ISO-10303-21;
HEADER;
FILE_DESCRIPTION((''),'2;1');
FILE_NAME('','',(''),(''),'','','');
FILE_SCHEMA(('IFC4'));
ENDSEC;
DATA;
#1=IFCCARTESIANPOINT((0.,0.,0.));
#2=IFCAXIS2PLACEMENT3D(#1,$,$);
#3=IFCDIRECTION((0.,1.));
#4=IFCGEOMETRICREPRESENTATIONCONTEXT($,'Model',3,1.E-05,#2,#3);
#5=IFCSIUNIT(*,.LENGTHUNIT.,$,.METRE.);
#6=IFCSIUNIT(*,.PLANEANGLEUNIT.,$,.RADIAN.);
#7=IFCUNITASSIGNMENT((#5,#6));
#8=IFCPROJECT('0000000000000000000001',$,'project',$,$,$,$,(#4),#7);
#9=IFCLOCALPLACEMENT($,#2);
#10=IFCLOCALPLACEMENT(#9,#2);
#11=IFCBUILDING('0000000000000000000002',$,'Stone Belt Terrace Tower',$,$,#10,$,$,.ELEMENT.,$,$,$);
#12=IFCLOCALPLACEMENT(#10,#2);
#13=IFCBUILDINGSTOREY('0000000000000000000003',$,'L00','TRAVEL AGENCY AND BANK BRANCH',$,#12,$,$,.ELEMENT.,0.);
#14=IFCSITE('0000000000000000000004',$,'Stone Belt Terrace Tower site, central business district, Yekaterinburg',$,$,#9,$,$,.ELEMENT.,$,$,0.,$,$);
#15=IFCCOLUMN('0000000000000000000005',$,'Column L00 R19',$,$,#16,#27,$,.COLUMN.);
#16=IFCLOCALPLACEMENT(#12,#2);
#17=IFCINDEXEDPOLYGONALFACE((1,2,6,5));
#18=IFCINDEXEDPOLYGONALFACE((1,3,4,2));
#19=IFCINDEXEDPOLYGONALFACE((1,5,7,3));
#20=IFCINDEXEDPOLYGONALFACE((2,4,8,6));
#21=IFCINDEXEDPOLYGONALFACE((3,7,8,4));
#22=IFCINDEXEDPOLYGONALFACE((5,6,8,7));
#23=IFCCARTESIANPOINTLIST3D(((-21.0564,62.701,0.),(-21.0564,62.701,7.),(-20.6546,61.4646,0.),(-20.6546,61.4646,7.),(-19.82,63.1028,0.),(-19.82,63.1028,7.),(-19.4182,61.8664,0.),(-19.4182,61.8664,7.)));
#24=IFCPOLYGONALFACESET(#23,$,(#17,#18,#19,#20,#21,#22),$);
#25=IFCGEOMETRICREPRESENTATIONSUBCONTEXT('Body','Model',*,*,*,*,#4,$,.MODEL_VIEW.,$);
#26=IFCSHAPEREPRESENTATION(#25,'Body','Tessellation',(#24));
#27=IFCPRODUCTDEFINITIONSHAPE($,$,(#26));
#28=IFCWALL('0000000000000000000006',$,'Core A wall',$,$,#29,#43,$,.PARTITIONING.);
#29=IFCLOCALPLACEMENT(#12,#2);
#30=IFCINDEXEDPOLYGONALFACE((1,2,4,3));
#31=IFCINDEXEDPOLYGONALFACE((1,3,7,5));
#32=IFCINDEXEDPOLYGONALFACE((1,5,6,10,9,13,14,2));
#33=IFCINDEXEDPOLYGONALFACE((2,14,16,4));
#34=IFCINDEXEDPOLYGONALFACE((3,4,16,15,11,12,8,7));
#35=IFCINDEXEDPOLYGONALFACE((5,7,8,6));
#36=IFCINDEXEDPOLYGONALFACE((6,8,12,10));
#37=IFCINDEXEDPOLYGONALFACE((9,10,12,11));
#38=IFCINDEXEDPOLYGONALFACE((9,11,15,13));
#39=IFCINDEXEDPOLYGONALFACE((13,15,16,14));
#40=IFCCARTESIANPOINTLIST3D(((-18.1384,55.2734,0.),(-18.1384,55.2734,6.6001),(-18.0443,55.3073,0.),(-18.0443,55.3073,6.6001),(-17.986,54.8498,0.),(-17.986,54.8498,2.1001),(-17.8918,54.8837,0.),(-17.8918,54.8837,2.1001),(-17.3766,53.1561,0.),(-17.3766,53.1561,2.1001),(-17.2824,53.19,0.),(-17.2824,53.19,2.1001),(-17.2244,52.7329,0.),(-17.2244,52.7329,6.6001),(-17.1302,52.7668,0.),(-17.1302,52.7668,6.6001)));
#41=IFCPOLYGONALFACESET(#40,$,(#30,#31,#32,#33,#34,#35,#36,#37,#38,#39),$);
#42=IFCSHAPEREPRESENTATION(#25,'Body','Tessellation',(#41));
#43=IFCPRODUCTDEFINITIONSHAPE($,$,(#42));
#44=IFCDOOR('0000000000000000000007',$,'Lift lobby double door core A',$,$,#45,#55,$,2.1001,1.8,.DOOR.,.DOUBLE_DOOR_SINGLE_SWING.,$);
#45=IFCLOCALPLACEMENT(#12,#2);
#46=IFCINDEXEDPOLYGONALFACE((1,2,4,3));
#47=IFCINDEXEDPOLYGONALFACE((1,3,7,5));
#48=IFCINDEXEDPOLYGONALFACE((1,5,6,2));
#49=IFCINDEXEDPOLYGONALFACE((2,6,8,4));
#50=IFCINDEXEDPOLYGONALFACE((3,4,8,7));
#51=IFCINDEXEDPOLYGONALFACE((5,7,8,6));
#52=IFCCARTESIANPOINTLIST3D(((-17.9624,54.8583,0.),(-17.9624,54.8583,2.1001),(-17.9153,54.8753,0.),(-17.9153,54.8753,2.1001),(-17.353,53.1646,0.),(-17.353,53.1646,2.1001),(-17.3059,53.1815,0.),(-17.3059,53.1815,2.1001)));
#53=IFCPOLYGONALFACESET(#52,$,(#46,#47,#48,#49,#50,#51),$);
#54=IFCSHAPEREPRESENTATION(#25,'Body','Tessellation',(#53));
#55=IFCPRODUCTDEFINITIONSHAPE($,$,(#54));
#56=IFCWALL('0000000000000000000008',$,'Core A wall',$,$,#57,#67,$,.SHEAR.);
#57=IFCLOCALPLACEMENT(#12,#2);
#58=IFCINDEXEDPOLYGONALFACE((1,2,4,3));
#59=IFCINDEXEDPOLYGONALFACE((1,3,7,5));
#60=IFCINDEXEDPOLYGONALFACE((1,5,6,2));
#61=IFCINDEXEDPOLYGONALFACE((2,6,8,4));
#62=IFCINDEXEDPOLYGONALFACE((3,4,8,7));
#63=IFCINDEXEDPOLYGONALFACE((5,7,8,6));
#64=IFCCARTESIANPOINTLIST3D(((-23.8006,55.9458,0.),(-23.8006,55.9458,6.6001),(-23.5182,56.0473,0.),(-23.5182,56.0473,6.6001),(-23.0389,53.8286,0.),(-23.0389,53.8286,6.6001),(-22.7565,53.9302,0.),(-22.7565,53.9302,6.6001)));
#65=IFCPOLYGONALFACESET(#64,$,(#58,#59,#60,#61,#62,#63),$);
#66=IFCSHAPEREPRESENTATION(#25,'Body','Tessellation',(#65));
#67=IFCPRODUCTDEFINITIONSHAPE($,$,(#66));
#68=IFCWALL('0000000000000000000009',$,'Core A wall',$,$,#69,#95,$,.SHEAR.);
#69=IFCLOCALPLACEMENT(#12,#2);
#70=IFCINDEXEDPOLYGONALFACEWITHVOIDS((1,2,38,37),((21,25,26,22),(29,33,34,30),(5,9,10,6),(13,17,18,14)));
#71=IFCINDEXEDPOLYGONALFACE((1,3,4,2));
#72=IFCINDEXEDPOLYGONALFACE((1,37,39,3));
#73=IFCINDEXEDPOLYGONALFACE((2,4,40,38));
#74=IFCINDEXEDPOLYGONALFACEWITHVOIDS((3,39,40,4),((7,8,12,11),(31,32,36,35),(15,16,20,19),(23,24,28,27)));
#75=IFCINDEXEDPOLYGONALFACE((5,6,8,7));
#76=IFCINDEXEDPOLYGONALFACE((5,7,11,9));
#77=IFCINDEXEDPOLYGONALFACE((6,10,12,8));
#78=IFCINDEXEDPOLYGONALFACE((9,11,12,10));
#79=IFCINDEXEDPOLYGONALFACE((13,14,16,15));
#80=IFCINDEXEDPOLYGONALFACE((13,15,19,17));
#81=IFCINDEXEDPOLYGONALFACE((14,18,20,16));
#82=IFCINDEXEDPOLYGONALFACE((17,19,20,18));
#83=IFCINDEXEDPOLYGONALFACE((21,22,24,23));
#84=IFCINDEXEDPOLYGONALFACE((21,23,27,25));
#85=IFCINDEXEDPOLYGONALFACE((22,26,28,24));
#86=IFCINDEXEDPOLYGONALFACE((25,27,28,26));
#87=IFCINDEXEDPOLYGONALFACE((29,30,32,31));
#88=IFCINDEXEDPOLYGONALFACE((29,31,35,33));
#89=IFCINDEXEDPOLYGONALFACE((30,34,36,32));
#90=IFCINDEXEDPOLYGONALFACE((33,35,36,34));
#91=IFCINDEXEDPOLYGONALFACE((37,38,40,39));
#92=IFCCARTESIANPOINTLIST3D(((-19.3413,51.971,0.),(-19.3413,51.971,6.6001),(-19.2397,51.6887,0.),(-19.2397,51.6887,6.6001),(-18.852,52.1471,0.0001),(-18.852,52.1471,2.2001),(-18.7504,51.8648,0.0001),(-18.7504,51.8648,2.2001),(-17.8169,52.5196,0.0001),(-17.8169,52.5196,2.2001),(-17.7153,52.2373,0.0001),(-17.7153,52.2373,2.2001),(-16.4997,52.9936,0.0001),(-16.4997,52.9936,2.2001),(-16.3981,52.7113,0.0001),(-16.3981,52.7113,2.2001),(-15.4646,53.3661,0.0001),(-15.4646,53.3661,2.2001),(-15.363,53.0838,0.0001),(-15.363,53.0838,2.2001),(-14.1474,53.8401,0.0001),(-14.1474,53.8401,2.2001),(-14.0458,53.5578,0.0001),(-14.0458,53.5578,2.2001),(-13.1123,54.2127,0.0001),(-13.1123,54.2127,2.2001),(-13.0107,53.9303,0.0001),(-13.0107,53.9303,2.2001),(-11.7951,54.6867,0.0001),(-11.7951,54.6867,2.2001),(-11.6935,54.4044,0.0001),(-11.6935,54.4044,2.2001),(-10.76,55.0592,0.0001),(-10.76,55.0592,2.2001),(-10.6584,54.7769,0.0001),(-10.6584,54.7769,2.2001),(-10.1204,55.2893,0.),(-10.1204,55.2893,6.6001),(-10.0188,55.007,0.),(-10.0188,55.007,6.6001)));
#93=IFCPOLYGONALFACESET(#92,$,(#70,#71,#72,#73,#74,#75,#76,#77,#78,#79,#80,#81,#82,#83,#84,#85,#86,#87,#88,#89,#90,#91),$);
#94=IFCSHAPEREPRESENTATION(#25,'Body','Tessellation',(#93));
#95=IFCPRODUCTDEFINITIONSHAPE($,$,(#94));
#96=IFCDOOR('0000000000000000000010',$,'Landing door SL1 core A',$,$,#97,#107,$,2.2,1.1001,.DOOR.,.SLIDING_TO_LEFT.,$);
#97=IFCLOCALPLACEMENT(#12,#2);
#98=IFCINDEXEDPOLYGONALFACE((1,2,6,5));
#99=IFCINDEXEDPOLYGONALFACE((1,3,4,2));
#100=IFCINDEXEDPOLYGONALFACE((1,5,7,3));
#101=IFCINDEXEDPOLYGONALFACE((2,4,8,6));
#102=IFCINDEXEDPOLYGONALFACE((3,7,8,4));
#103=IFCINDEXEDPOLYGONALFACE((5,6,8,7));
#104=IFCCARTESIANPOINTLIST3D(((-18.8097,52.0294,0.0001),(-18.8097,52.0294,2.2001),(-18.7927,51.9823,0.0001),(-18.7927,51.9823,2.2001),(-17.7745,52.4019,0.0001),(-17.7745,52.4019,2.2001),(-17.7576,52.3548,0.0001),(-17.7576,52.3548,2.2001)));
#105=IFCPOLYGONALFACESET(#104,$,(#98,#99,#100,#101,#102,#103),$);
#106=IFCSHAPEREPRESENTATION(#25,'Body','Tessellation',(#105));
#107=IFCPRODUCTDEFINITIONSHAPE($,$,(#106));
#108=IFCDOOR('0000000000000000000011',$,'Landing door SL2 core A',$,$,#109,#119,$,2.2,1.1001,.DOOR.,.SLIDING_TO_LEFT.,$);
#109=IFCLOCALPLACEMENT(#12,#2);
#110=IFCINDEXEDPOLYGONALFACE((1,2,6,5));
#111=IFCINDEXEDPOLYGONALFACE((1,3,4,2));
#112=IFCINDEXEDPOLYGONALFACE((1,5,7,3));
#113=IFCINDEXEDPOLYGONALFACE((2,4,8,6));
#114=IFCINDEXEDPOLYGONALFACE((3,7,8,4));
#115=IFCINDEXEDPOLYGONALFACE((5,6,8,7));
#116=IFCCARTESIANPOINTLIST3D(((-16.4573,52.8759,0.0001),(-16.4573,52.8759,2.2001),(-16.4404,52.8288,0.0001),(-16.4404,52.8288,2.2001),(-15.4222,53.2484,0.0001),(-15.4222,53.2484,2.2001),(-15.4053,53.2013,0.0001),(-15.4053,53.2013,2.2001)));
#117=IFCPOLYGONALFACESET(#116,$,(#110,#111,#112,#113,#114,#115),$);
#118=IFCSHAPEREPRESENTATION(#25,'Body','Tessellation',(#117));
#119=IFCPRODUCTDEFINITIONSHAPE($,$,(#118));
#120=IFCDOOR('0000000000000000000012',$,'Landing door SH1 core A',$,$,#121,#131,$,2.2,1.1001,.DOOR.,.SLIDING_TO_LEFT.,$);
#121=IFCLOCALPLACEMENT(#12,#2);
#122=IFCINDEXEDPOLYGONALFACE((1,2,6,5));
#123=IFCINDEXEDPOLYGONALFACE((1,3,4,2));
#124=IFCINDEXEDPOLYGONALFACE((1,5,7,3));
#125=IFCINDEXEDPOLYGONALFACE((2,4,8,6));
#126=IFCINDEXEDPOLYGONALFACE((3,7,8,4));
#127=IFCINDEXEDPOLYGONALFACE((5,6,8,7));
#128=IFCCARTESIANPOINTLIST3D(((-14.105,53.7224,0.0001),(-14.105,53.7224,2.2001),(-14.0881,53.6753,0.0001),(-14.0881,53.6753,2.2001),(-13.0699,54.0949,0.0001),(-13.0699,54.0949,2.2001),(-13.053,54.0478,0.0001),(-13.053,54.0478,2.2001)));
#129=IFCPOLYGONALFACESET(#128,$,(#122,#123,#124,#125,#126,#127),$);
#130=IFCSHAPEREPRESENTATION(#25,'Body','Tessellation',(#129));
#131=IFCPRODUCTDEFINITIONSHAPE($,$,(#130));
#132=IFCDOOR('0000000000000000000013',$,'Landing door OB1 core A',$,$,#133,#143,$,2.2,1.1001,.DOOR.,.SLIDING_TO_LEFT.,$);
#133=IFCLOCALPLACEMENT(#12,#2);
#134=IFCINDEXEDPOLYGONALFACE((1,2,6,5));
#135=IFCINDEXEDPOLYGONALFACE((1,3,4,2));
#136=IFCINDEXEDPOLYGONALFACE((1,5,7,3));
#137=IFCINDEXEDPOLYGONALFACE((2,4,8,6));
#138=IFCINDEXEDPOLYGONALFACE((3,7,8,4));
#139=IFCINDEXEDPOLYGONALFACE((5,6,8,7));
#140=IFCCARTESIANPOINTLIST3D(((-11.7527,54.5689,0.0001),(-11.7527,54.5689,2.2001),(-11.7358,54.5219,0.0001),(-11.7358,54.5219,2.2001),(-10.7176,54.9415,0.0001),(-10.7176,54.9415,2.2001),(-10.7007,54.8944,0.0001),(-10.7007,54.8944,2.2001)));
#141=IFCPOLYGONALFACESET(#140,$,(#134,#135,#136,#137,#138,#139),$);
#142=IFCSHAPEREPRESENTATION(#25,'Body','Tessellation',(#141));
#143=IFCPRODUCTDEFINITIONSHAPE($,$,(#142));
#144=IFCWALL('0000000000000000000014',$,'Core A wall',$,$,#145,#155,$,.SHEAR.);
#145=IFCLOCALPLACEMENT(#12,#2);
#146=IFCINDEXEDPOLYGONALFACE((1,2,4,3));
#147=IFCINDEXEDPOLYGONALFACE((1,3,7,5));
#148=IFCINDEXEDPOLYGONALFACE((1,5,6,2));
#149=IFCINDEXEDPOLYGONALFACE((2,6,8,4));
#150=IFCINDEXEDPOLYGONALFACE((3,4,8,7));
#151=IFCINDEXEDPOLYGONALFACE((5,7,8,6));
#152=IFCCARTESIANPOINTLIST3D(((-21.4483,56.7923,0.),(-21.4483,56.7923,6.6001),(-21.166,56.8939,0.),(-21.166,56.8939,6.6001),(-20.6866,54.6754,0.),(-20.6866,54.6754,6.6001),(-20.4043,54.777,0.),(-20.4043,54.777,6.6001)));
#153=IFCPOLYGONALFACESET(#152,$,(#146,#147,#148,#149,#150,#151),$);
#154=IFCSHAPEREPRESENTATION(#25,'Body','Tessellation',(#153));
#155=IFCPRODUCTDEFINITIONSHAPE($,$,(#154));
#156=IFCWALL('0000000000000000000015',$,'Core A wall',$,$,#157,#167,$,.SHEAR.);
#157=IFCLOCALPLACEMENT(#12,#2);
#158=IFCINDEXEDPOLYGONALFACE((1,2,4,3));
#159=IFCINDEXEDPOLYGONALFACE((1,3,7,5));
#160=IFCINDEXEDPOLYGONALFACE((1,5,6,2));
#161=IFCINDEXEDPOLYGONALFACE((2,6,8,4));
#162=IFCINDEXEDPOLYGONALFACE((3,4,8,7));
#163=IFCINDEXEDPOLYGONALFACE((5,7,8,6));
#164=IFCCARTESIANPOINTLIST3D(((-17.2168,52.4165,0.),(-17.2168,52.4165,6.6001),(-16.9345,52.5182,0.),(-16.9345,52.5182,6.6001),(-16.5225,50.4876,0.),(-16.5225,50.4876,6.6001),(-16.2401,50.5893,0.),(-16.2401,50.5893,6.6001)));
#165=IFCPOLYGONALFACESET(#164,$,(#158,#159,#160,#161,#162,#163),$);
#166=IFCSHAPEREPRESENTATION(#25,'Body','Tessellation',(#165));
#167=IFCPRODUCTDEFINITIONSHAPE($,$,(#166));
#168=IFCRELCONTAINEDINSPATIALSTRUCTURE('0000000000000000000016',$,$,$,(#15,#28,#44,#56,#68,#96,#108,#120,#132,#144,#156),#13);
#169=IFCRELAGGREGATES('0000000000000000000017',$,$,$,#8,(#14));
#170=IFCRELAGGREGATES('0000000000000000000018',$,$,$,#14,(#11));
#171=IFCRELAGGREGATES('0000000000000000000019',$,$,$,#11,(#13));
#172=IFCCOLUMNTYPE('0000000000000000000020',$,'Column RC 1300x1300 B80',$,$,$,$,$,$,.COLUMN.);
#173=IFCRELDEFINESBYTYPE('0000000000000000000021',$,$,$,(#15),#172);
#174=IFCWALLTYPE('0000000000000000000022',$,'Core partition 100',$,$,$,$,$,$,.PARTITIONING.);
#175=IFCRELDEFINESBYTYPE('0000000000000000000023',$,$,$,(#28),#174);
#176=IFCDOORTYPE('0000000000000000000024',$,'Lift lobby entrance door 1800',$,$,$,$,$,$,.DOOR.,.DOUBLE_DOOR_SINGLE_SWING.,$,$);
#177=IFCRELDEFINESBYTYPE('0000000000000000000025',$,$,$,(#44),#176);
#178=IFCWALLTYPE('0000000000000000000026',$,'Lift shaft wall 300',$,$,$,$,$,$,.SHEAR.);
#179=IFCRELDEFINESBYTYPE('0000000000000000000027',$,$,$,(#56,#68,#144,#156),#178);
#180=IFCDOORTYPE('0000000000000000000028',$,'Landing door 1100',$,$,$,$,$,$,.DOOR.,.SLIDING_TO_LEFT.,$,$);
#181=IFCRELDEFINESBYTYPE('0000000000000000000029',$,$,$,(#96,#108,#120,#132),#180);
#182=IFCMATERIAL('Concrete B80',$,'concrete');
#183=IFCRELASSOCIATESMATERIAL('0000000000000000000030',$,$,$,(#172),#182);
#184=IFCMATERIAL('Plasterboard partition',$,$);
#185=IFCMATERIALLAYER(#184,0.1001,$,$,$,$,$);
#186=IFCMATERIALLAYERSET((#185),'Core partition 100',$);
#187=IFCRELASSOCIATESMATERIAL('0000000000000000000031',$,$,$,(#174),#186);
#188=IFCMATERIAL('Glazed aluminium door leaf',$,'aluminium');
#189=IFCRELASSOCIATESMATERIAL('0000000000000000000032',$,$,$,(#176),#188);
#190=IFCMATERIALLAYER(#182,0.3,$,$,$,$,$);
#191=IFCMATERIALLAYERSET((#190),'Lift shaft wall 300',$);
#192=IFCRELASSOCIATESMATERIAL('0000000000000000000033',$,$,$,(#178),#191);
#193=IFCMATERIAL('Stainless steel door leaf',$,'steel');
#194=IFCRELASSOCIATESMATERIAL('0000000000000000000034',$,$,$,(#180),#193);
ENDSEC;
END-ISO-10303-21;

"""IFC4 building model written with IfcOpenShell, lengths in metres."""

from ifc_helpers import new_model, si_unit, direction, frame, frame_2d, origin, origin_2d, place, context, subcontext, project, spatial, rectangle, extrude, material, layer, layer_set, material_profile, profile_set, type_object, element, fill, save


model = new_model("IFC4")

# Units and contexts
model_context = context("Model", 3, precision=1e-05, world=origin(), true_north=direction((0.0, 1.0)))
body_context = subcontext(model_context, "Body", "Model", "MODEL_VIEW")
ifc_project = project(units=[si_unit("LENGTHUNIT", "METRE"), si_unit("PLANEANGLEUNIT", "RADIAN")], contexts=[model_context])

# Site, building, storey
site_placement = place(None, origin())
site = spatial("IfcSite", under=ifc_project, at=site_placement, Name="Stone Belt Terrace Tower site, central business district, Yekaterinburg", CompositionType="ELEMENT", RefElevation=0.0)
building_placement = place(site_placement, origin())
building = spatial("IfcBuilding", under=site, at=building_placement, Name="Stone Belt Terrace Tower", CompositionType="ELEMENT")
storey_placement = place(building_placement, origin())
storey = spatial("IfcBuildingStorey", under=building, at=storey_placement, Name="L00", Description="TRAVEL AGENCY AND BANK BRANCH", CompositionType="ELEMENT", Elevation=0.0)

# Column
ifc_material_1 = material(Name="Concrete B80", Category="concrete")
ifc_material_profile = material_profile(ifc_material_1, rectangle(XDim=1.3, YDim=1.3, at=origin_2d()), Name="RC 1300x1300")
ifc_profile_set = profile_set([ifc_material_profile], Name="Concrete B80")
column_type = type_object("IfcColumnType", Name="Column RC 1300x1300 B80", PredefinedType="COLUMN", material=ifc_profile_set)
column_placement = place(storey_placement, frame((-20.2373, 62.2837, 0.0), z_axis=(0.0, 0.0, 1.0), x_axis=(0.951057, 0.309017, 0.0)))
element("IfcColumn", 1, at=column_placement, inside=storey, type_object=column_type, Name="Column L00 R19", PredefinedType="COLUMN", context=body_context, shape_type="SweptSolid", body=[
    extrude(rectangle(XDim=1.3, YDim=1.3, at=origin_2d()), origin(), (0.0, 0.0, 1.0), 7.0),
])

# Wall, opening, door
ifc_material_2 = material(Name="Plasterboard partition")
ifc_layer_1 = layer(ifc_material_2, 0.1001)
ifc_layer_set_1 = layer_set([ifc_layer_1], Name="Core partition 100")
wall_type_1 = type_object("IfcWallType", Name="Core partition 100", PredefinedType="PARTITIONING", material=ifc_layer_set_1)
wall_1_placement = place(storey_placement, frame((-17.1772, 52.7498, 0.0), z_axis=(0.0, 0.0, 1.0), x_axis=(-0.338547, 0.94095, 0.0)))
wall_1 = element("IfcWall", 2, at=wall_1_placement, inside=storey, type_object=wall_type_1, Name="Core A wall", PredefinedType="PARTITIONING", context=body_context, shape_type="SweptSolid", body=[
    extrude(rectangle(XDim=2.7, YDim=0.1001, at=frame_2d((1.3501, 0.0))), origin(), (0.0, 0.0, 1.0), 6.6001),
])
opening_1_placement = place(wall_1_placement, frame((0.45, 0.0, 0.0)))
opening_1 = element("IfcOpeningElement", 3, at=opening_1_placement, cuts=wall_1, PredefinedType="OPENING", context=body_context, shape_type="SweptSolid", body=[
    extrude(rectangle(XDim=1.8, YDim=2.1001, at=frame_2d((0.8999, 1.05))), frame((0.0, 0.0601, 0.0), z_axis=(0.0, -1.0, 0.0), x_axis=(1.0, 0.0, 0.0)), (0.0, 0.0, 1.0), 0.1201),
])
ifc_material_3 = material(Name="Glazed aluminium door leaf", Category="aluminium")
door_type_1 = type_object("IfcDoorType", Name="Lift lobby entrance door 1800", OperationType="DOUBLE_DOOR_SINGLE_SWING", PredefinedType="DOOR", material=ifc_material_3)
door_1_placement = place(opening_1_placement, origin())
door_1 = element("IfcDoor", 4, at=door_1_placement, inside=storey, type_object=door_type_1, Name="Lift lobby double door core A", OperationType="DOUBLE_DOOR_SINGLE_SWING", OverallHeight=2.1001, OverallWidth=1.8, PredefinedType="DOOR", context=body_context, shape_type="SweptSolid", body=[
    extrude(rectangle(XDim=1.8, YDim=2.1001, at=frame_2d((0.8999, 1.05))), frame((0.0, 0.0249, 0.0), z_axis=(0.0, -1.0, 0.0), x_axis=(1.0, 0.0, 0.0)), (0.0, 0.0, 1.0), 0.05),
])
fill(opening_1, door_1)

# Wall
ifc_layer_2 = layer(ifc_material_1, 0.3)
ifc_layer_set_2 = layer_set([ifc_layer_2], Name="Lift shaft wall 300")
wall_type_2 = type_object("IfcWallType", Name="Lift shaft wall 300", PredefinedType="SHEAR", material=ifc_layer_set_2)
wall_2_placement = place(storey_placement, frame((-22.8977, 53.8794, 0.0), z_axis=(0.0, 0.0, 1.0), x_axis=(-0.338535, 0.940954, 0.0)))
element("IfcWall", 5, at=wall_2_placement, inside=storey, type_object=wall_type_2, Name="Core A wall", PredefinedType="SHEAR", context=body_context, shape_type="SweptSolid", body=[
    extrude(rectangle(XDim=2.25, YDim=0.3, at=frame_2d((1.125, 0.0))), origin(), (0.0, 0.0, 1.0), 6.6001),
])

# Wall, openings, doors
wall_3_placement = place(storey_placement, frame((-19.2905, 51.8298, 0.0), z_axis=(0.0, 0.0, 1.0), x_axis=(0.940926, 0.338613, 0.0)))
wall_3 = element("IfcWall", 6, at=wall_3_placement, inside=storey, type_object=wall_type_2, Name="Core A wall", PredefinedType="SHEAR", context=body_context, shape_type="SweptSolid", body=[
    extrude(rectangle(XDim=9.7998, YDim=0.3, at=frame_2d((4.8999, 0.0))), origin(), (0.0, 0.0, 1.0), 6.6001),
])
opening_2_placement = place(wall_3_placement, frame((0.52, 0.0, 0.0)))
opening_2 = element("IfcOpeningElement", 7, at=opening_2_placement, cuts=wall_3, PredefinedType="OPENING", context=body_context, shape_type="SweptSolid", body=[
    extrude(rectangle(XDim=1.1001, YDim=2.2, at=frame_2d((0.55, 1.1001))), frame((0.0, 0.1599, 0.0), z_axis=(0.0, -1.0, 0.0), x_axis=(1.0, 0.0, 0.0)), (0.0, 0.0, 1.0), 0.3201),
])
opening_3_placement = place(wall_3_placement, frame((3.02, 0.0, 0.0)))
opening_3 = element("IfcOpeningElement", 8, at=opening_3_placement, cuts=wall_3, PredefinedType="OPENING", context=body_context, shape_type="SweptSolid", body=[
    extrude(rectangle(XDim=1.1001, YDim=2.2, at=frame_2d((0.55, 1.1001))), frame((0.0, 0.1599, 0.0), z_axis=(0.0, -1.0, 0.0), x_axis=(1.0, 0.0, 0.0)), (0.0, 0.0, 1.0), 0.3201),
])
opening_4_placement = place(wall_3_placement, frame((5.52, 0.0, 0.0)))
opening_4 = element("IfcOpeningElement", 9, at=opening_4_placement, cuts=wall_3, PredefinedType="OPENING", context=body_context, shape_type="SweptSolid", body=[
    extrude(rectangle(XDim=1.1001, YDim=2.2, at=frame_2d((0.55, 1.1001))), frame((0.0, 0.1599, 0.0), z_axis=(0.0, -1.0, 0.0), x_axis=(1.0, 0.0, 0.0)), (0.0, 0.0, 1.0), 0.3201),
])
opening_5_placement = place(wall_3_placement, frame((8.02, 0.0, 0.0)))
opening_5 = element("IfcOpeningElement", 10, at=opening_5_placement, cuts=wall_3, PredefinedType="OPENING", context=body_context, shape_type="SweptSolid", body=[
    extrude(rectangle(XDim=1.1001, YDim=2.2, at=frame_2d((0.55, 1.1001))), frame((0.0, 0.1599, 0.0), z_axis=(0.0, -1.0, 0.0), x_axis=(1.0, 0.0, 0.0)), (0.0, 0.0, 1.0), 0.3201),
])
ifc_material_4 = material(Name="Stainless steel door leaf", Category="steel")
door_type_2 = type_object("IfcDoorType", Name="Landing door 1100", OperationType="SLIDING_TO_LEFT", PredefinedType="DOOR", material=ifc_material_4)
door_2_placement = place(opening_2_placement, origin())
door_2 = element("IfcDoor", 11, at=door_2_placement, inside=storey, type_object=door_type_2, Name="Landing door SL1 core A", OperationType="SLIDING_TO_LEFT", OverallHeight=2.2, OverallWidth=1.1001, PredefinedType="DOOR", context=body_context, shape_type="SweptSolid", body=[
    extrude(rectangle(XDim=1.1001, YDim=2.2, at=frame_2d((0.55, 1.1001))), frame((0.0, 0.0249, 0.0), z_axis=(0.0, -1.0, 0.0), x_axis=(1.0, 0.0, 0.0)), (0.0, 0.0, 1.0), 0.05),
])
fill(opening_2, door_2)
door_3_placement = place(opening_3_placement, origin())
door_3 = element("IfcDoor", 12, at=door_3_placement, inside=storey, type_object=door_type_2, Name="Landing door SL2 core A", OperationType="SLIDING_TO_LEFT", OverallHeight=2.2, OverallWidth=1.1001, PredefinedType="DOOR", context=body_context, shape_type="SweptSolid", body=[
    extrude(rectangle(XDim=1.1001, YDim=2.2, at=frame_2d((0.55, 1.1001))), frame((0.0, 0.0249, 0.0), z_axis=(0.0, -1.0, 0.0), x_axis=(1.0, 0.0, 0.0)), (0.0, 0.0, 1.0), 0.05),
])
fill(opening_3, door_3)
door_4_placement = place(opening_4_placement, origin())
door_4 = element("IfcDoor", 13, at=door_4_placement, inside=storey, type_object=door_type_2, Name="Landing door SH1 core A", OperationType="SLIDING_TO_LEFT", OverallHeight=2.2, OverallWidth=1.1001, PredefinedType="DOOR", context=body_context, shape_type="SweptSolid", body=[
    extrude(rectangle(XDim=1.1001, YDim=2.2, at=frame_2d((0.55, 1.1001))), frame((0.0, 0.0249, 0.0), z_axis=(0.0, -1.0, 0.0), x_axis=(1.0, 0.0, 0.0)), (0.0, 0.0, 1.0), 0.05),
])
fill(opening_4, door_4)
door_5_placement = place(opening_5_placement, origin())
door_5 = element("IfcDoor", 14, at=door_5_placement, inside=storey, type_object=door_type_2, Name="Landing door OB1 core A", OperationType="SLIDING_TO_LEFT", OverallHeight=2.2, OverallWidth=1.1001, PredefinedType="DOOR", context=body_context, shape_type="SweptSolid", body=[
    extrude(rectangle(XDim=1.1001, YDim=2.2, at=frame_2d((0.55, 1.1001))), frame((0.0, 0.0249, 0.0), z_axis=(0.0, -1.0, 0.0), x_axis=(1.0, 0.0, 0.0)), (0.0, 0.0, 1.0), 0.05),
])
fill(opening_5, door_5)

# Walls
wall_4_placement = place(storey_placement, frame((-20.5454, 54.7261, 0.0), z_axis=(0.0, 0.0, 1.0), x_axis=(-0.33857, 0.940941, 0.0)))
element("IfcWall", 15, at=wall_4_placement, inside=storey, type_object=wall_type_2, Name="Core A wall", PredefinedType="SHEAR", context=body_context, shape_type="SweptSolid", body=[
    extrude(rectangle(XDim=2.2498, YDim=0.3, at=frame_2d((1.125, 0.0))), origin(), (0.0, 0.0, 1.0), 6.6001),
])
wall_5_placement = place(storey_placement, frame((-16.3813, 50.5386, 0.0), z_axis=(0.0, 0.0, 1.0), x_axis=(-0.338682, 0.940901, 0.0)))
element("IfcWall", 16, at=wall_5_placement, inside=storey, type_object=wall_type_2, Name="Core A wall", PredefinedType="SHEAR", context=body_context, shape_type="SweptSolid", body=[
    extrude(rectangle(XDim=2.05, YDim=0.3, at=frame_2d((1.0249, 0.0))), origin(), (0.0, 0.0, 1.0), 6.6001),
])

save(model, "model.ifc")
